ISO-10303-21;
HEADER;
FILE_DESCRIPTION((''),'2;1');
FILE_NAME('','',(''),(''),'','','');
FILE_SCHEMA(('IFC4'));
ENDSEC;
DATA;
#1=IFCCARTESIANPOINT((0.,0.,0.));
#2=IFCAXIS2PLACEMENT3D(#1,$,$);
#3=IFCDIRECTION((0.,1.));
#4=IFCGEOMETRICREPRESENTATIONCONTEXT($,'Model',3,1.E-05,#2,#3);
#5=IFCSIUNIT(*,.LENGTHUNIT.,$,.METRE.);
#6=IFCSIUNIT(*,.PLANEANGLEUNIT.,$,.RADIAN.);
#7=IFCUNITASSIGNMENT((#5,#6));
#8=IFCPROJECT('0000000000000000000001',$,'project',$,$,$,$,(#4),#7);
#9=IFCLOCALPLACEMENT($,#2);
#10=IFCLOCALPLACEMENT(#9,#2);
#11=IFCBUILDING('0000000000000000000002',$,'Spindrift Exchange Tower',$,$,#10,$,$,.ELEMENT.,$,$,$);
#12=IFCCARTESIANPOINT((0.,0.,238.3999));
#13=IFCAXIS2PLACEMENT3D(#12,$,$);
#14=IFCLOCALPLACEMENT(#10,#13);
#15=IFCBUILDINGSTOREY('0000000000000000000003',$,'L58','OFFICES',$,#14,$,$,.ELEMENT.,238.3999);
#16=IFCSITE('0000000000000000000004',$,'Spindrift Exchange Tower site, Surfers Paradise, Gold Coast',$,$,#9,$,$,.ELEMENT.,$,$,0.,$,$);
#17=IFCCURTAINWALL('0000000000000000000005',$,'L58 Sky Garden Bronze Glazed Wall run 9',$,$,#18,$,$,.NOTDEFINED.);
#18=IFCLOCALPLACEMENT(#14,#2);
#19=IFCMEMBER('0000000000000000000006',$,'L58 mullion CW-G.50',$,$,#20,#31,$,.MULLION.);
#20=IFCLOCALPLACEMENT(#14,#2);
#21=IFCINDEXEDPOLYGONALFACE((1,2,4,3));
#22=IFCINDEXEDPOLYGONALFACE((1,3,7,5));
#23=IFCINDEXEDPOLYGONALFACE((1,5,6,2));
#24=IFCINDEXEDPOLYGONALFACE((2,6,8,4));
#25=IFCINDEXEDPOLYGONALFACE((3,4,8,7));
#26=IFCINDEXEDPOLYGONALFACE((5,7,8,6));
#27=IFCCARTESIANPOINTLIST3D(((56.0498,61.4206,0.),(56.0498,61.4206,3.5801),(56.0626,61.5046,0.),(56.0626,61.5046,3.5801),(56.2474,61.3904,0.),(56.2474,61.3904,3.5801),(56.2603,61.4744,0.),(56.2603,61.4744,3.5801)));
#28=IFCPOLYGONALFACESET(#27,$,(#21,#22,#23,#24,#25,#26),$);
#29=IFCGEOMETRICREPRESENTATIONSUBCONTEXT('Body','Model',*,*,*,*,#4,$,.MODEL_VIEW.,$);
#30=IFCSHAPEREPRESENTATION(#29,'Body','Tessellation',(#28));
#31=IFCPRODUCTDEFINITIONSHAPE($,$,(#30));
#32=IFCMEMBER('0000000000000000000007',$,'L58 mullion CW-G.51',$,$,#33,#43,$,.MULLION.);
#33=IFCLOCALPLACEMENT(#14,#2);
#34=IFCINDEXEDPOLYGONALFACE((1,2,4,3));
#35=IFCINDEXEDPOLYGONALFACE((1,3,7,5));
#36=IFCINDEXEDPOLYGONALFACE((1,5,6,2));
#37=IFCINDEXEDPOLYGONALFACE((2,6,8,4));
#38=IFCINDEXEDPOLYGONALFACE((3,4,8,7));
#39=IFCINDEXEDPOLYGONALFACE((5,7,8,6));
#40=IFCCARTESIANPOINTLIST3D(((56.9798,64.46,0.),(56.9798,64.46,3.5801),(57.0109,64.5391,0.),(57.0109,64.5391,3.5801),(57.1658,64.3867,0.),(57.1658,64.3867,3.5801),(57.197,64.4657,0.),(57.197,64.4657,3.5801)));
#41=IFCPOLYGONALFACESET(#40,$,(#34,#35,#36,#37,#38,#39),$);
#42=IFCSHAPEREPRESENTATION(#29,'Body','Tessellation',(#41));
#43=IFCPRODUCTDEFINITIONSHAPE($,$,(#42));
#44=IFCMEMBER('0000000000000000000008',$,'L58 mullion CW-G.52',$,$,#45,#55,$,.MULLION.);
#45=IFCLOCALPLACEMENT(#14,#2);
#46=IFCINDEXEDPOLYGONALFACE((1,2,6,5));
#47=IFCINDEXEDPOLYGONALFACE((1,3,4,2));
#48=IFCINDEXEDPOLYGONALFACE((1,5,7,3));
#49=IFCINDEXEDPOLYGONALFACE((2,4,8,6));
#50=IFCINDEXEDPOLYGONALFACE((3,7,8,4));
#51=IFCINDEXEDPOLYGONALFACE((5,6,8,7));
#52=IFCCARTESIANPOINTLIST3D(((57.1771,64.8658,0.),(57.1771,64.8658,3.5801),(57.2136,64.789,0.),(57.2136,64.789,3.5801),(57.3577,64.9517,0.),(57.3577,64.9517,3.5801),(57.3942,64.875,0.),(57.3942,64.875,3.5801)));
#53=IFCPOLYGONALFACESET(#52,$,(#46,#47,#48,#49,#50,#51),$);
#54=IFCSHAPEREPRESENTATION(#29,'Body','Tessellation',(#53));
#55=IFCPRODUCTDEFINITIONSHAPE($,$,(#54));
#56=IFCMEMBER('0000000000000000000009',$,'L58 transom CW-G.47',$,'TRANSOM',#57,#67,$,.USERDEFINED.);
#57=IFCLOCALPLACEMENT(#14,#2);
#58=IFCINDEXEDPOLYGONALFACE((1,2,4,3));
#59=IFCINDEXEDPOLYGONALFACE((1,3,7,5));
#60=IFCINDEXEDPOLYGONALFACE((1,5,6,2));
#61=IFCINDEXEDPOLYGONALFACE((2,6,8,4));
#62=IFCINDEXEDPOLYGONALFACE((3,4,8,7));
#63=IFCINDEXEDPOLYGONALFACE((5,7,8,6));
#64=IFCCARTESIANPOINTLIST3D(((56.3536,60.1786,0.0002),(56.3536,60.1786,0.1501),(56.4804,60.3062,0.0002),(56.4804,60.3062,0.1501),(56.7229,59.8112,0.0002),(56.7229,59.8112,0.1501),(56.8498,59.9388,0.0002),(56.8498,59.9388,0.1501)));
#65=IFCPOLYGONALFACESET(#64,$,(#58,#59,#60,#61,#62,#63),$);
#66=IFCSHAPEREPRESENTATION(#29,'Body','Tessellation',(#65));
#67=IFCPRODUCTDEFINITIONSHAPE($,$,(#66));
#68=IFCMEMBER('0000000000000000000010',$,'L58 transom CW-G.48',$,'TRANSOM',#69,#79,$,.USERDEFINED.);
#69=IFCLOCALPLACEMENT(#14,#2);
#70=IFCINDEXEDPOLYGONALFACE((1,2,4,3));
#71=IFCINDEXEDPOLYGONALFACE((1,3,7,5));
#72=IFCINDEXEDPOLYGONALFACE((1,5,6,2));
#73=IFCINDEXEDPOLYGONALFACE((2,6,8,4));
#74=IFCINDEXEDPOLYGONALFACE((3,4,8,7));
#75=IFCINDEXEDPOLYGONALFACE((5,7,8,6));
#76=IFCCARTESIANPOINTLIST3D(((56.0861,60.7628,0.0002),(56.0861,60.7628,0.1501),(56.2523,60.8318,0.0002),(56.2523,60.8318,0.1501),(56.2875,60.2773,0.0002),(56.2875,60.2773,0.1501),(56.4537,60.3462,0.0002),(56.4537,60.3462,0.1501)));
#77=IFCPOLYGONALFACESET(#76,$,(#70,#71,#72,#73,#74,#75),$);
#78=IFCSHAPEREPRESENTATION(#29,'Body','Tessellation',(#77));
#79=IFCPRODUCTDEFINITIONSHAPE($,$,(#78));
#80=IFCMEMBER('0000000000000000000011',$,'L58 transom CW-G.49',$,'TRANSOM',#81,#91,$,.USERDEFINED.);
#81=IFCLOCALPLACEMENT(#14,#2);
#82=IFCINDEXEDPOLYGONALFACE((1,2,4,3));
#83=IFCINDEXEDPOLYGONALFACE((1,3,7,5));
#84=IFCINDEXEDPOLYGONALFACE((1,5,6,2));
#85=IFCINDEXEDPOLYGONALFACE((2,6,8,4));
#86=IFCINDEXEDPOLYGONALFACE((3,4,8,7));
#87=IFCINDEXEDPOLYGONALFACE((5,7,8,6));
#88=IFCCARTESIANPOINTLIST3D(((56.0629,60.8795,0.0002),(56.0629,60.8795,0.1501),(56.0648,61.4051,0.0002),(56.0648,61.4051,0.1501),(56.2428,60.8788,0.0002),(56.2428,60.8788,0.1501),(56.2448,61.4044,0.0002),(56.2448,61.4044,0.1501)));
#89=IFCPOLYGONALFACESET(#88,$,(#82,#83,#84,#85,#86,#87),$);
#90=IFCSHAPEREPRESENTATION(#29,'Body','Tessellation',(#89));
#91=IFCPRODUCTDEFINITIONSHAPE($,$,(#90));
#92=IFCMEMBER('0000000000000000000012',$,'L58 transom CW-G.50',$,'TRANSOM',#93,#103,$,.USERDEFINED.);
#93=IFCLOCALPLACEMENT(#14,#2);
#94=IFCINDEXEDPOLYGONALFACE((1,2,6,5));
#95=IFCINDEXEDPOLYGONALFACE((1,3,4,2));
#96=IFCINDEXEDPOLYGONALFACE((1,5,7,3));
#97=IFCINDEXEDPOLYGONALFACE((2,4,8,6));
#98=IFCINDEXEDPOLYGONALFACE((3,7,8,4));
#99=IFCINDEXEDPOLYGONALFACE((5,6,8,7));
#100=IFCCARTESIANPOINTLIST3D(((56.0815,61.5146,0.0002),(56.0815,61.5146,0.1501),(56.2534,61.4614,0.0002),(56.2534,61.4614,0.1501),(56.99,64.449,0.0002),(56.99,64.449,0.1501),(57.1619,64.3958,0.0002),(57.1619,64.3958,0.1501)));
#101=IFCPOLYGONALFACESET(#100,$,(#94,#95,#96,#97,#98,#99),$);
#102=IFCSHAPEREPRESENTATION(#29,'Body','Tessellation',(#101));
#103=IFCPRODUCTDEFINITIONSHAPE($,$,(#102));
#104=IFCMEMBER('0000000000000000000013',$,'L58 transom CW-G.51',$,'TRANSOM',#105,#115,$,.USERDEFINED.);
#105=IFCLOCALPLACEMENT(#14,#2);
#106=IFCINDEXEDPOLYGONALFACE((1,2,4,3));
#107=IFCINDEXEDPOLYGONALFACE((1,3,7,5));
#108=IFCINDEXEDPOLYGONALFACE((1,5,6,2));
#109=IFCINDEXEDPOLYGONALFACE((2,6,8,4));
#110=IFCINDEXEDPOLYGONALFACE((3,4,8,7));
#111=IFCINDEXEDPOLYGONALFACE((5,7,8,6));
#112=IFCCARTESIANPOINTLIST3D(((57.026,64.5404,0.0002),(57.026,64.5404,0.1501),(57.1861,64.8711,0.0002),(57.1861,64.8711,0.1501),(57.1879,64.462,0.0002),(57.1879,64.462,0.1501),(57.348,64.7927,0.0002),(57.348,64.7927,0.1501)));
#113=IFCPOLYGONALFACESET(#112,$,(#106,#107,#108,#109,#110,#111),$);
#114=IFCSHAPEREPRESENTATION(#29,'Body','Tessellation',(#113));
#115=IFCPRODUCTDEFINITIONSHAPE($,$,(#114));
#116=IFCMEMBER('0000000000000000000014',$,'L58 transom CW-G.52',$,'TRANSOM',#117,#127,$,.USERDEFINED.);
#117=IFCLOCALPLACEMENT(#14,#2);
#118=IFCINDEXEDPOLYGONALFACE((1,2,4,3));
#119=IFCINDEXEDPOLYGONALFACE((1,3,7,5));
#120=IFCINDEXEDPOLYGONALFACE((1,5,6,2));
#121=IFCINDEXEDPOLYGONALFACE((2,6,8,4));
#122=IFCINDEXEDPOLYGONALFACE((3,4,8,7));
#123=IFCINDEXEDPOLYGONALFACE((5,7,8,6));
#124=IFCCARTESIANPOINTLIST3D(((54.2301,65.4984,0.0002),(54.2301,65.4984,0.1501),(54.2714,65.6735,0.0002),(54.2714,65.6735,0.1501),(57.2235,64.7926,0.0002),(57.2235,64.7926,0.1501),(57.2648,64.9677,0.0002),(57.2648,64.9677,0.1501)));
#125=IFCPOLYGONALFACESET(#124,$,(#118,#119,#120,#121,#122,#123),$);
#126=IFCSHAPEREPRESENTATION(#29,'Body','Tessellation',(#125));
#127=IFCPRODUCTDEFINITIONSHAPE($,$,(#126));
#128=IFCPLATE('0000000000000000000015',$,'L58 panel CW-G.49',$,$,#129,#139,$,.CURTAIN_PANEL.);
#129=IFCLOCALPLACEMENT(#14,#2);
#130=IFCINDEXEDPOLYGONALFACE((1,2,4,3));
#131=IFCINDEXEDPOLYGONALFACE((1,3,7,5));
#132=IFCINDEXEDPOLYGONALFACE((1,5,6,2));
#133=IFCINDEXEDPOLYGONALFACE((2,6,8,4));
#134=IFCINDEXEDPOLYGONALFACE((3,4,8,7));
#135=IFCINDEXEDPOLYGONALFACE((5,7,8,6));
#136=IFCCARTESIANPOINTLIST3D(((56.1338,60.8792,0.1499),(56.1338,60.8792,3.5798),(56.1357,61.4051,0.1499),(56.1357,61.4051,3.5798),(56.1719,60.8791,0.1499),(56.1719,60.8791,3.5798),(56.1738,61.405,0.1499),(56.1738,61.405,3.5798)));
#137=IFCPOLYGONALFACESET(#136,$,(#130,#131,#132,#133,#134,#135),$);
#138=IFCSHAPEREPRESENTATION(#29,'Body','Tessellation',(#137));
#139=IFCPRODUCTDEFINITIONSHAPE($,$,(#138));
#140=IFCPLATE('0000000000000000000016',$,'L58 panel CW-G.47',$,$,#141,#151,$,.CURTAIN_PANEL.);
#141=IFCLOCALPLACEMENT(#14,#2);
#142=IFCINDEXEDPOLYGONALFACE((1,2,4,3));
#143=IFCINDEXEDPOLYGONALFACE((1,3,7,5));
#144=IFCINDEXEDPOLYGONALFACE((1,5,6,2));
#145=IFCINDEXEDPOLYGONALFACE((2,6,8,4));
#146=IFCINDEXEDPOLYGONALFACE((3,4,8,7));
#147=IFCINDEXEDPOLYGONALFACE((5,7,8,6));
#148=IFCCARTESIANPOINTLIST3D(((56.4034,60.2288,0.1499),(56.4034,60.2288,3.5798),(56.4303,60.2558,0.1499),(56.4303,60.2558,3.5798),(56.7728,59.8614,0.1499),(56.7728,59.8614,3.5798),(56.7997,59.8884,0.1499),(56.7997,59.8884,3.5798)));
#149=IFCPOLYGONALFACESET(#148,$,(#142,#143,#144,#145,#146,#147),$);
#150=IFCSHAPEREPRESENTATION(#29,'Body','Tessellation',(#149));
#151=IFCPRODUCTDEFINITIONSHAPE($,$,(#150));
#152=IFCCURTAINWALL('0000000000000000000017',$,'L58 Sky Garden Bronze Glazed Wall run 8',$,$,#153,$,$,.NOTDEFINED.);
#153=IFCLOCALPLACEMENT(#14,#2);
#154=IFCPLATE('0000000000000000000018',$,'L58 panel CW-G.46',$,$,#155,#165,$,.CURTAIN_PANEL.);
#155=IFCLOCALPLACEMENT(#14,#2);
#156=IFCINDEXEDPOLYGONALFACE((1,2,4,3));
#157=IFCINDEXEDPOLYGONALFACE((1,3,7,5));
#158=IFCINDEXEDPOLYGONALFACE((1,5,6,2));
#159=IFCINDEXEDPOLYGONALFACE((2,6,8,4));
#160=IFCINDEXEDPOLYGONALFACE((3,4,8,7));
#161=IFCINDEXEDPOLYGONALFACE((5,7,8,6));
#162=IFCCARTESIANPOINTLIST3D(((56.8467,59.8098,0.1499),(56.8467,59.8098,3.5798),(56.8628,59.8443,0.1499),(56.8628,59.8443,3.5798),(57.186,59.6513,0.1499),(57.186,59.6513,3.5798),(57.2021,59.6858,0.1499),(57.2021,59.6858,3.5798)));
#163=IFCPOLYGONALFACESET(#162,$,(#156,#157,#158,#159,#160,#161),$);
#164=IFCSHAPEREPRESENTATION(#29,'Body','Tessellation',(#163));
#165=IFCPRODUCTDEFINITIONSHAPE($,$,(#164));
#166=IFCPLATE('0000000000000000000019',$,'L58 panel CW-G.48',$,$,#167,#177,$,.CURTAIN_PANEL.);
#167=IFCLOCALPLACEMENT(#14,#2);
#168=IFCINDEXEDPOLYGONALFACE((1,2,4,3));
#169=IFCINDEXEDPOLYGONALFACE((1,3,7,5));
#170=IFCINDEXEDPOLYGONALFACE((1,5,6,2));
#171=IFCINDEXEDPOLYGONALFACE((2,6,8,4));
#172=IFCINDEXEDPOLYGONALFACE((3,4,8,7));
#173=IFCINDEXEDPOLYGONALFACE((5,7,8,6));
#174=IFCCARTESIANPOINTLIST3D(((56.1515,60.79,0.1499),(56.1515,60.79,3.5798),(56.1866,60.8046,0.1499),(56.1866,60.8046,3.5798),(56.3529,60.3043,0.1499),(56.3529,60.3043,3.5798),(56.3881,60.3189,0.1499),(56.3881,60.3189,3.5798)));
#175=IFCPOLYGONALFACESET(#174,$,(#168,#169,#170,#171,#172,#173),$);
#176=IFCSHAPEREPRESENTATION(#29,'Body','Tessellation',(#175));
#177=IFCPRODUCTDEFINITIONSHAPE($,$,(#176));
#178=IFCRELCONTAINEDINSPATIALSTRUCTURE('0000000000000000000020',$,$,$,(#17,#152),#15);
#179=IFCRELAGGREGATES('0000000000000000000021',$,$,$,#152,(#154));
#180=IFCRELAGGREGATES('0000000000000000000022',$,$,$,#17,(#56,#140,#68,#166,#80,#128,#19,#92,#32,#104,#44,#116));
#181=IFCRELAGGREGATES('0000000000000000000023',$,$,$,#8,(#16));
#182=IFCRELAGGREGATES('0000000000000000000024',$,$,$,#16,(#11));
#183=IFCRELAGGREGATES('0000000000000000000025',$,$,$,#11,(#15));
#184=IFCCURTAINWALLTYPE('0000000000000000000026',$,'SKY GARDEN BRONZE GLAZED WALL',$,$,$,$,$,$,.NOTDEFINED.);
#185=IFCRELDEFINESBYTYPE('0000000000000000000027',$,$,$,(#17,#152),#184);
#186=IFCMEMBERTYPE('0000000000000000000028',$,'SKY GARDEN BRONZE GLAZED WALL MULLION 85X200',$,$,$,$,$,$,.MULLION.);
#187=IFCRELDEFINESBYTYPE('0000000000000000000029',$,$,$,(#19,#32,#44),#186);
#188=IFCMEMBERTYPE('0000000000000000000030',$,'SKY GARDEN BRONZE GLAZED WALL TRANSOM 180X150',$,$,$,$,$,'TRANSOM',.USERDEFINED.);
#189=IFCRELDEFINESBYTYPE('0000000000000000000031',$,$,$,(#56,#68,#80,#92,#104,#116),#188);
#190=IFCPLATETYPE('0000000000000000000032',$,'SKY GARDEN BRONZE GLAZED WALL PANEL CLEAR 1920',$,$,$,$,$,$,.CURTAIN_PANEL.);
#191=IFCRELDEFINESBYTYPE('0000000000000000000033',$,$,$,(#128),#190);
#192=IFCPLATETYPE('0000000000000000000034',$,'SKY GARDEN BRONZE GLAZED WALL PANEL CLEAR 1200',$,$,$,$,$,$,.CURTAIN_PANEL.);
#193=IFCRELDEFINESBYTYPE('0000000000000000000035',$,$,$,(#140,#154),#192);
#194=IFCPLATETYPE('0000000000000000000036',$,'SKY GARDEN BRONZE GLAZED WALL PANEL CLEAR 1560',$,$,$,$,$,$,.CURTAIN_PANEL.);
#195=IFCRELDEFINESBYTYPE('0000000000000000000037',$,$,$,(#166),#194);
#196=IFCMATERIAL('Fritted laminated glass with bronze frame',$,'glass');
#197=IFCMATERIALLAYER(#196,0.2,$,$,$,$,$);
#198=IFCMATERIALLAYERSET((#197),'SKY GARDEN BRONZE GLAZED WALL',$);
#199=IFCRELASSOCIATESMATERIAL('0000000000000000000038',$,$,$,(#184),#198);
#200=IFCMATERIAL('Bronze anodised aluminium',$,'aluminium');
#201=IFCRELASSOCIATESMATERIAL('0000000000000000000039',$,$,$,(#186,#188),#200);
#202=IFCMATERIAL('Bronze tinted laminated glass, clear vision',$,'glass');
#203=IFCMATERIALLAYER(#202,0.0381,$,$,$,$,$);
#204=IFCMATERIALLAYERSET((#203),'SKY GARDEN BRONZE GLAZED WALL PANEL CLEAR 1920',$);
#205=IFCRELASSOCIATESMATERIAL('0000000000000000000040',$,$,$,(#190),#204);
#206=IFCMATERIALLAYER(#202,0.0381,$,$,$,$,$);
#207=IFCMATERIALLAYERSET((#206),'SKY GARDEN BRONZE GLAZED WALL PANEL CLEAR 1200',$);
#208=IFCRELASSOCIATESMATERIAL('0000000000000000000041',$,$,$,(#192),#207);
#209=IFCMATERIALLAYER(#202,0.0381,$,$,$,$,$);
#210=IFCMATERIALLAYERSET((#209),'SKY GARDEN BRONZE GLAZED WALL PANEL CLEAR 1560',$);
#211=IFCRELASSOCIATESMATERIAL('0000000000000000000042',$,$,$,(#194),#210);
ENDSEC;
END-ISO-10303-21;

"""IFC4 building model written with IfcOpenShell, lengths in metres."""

from ifc_helpers import new_model, si_unit, direction, frame, origin, origin_2d, place, context, subcontext, project, spatial, rectangle, extrude, source, transform, mapped, material, layer, layer_set, material_profile, profile_set, type_object, element, aggregate, save


model = new_model("IFC4")

# Units and contexts
model_context = context("Model", 3, precision=1e-05, world=origin(), true_north=direction((0.0, 1.0)))
body_context = subcontext(model_context, "Body", "Model", "MODEL_VIEW")
ifc_project = project(units=[si_unit("LENGTHUNIT", "METRE"), si_unit("PLANEANGLEUNIT", "RADIAN")], contexts=[model_context])

# Site, building, storey
site_placement = place(None, origin())
site = spatial("IfcSite", under=ifc_project, at=site_placement, Name="Spindrift Exchange Tower site, Surfers Paradise, Gold Coast", CompositionType="ELEMENT", RefElevation=0.0)
building_placement = place(site_placement, origin())
building = spatial("IfcBuilding", under=site, at=building_placement, Name="Spindrift Exchange Tower", CompositionType="ELEMENT")
storey_placement = place(building_placement, frame((0.0, 0.0, 238.3999)))
storey = spatial("IfcBuildingStorey", under=building, at=storey_placement, Name="L58", Description="OFFICES", CompositionType="ELEMENT", Elevation=238.3999)

# Curtain wall, members, plates
ifc_material_1 = material(Name="Fritted laminated glass with bronze frame", Category="glass")
ifc_layer_1 = layer(ifc_material_1, 0.2)
ifc_layer_set_1 = layer_set([ifc_layer_1], Name="SKY GARDEN BRONZE GLAZED WALL")
curtain_wall_type = type_object("IfcCurtainWallType", Name="SKY GARDEN BRONZE GLAZED WALL", PredefinedType="NOTDEFINED", material=ifc_layer_set_1)
curtain_wall_1_placement = place(storey_placement, origin())
curtain_wall_1 = element("IfcCurtainWall", 1, at=curtain_wall_1_placement, inside=storey, type_object=curtain_wall_type, Name="L58 Sky Garden Bronze Glazed Wall run 9", PredefinedType="NOTDEFINED")
ifc_material_2 = material(Name="Bronze anodised aluminium", Category="aluminium")
ifc_material_profile_1 = material_profile(ifc_material_2, rectangle(XDim=0.085, YDim=0.2, at=origin_2d()), Name="SKY GARDEN BRONZE GLAZED WALL MULLION 85X200")
ifc_profile_set_1 = profile_set([ifc_material_profile_1], Name="Bronze anodised aluminium")
member_type_1 = type_object("IfcMemberType", Name="SKY GARDEN BRONZE GLAZED WALL MULLION 85X200", PredefinedType="MULLION", material=ifc_profile_set_1)
shared_shape_1 = source(origin(), body_context, "Body", "SweptSolid", [
    extrude(rectangle(XDim=0.085, YDim=0.2, at=origin_2d()), origin(), (0.0, 0.0, 1.0), 3.5801),
])
member_1_placement = place(storey_placement, frame((56.155, 61.4475, 0.0), z_axis=(0.0, 0.0, 1.0), x_axis=(0.151308, 0.988487, 0.0)))
member_1 = element("IfcMember", 2, at=member_1_placement, type_object=member_type_1, Name="L58 mullion CW-G.50", PredefinedType="MULLION", context=body_context, shape_type="MappedRepresentation", body=[
    mapped(shared_shape_1, transform((0.0, 0.0, 0.0), scale=1.0)),
])
member_2_placement = place(storey_placement, frame((57.0884, 64.4629, 0.0), z_axis=(0.0, 0.0, 1.0), x_axis=(0.36673, 0.930327, 0.0)))
member_2 = element("IfcMember", 3, at=member_2_placement, type_object=member_type_1, Name="L58 mullion CW-G.51", PredefinedType="MULLION", context=body_context, shape_type="MappedRepresentation", body=[
    mapped(shared_shape_1, transform((0.0, 0.0, 0.0), scale=1.0)),
])
member_3_placement = place(storey_placement, frame((57.2856, 64.8704, 0.0), z_axis=(0.0, 0.0, 1.0), x_axis=(-0.429759, 0.902944, 0.0)))
member_3 = element("IfcMember", 4, at=member_3_placement, type_object=member_type_1, Name="L58 mullion CW-G.52", PredefinedType="MULLION", context=body_context, shape_type="MappedRepresentation", body=[
    mapped(shared_shape_1, transform((0.0, 0.0, 0.0), scale=1.0)),
])
ifc_material_profile_2 = material_profile(ifc_material_2, rectangle(XDim=0.1799, YDim=0.1499, at=origin_2d()), Name="SKY GARDEN BRONZE GLAZED WALL TRANSOM 180X150")
ifc_profile_set_2 = profile_set([ifc_material_profile_2], Name="Bronze anodised aluminium")
member_type_2 = type_object("IfcMemberType", Name="SKY GARDEN BRONZE GLAZED WALL TRANSOM 180X150", ElementType="TRANSOM", PredefinedType="USERDEFINED", material=ifc_profile_set_2)
shared_shape_2 = source(origin(), body_context, "Body", "SweptSolid", [
    extrude(rectangle(XDim=0.1799, YDim=0.1499, at=origin_2d()), origin(), (0.0, 0.0, 1.0), 0.521),
])
member_4_placement = place(storey_placement, frame((56.7864, 59.875, 0.0752), z_axis=(-0.708979, 0.70523, 0.0), x_axis=(-0.70523, -0.708979, 0.0)))
member_4 = element("IfcMember", 5, at=member_4_placement, type_object=member_type_2, Name="L58 transom CW-G.47", ObjectType="TRANSOM", PredefinedType="USERDEFINED", context=body_context, shape_type="MappedRepresentation", body=[
    mapped(shared_shape_2, transform((0.0, 0.0, 0.0), scale=1.0)),
])
shared_shape_3 = source(origin(), body_context, "Body", "SweptSolid", [
    extrude(rectangle(XDim=0.1799, YDim=0.1499, at=origin_2d()), origin(), (0.0, 0.0, 1.0), 0.5256),
])
member_5_placement = place(storey_placement, frame((56.3706, 60.3118, 0.0752), z_axis=(-0.383131, 0.923694, 0.0), x_axis=(-0.923694, -0.383131, 0.0)))
member_5 = element("IfcMember", 6, at=member_5_placement, type_object=member_type_2, Name="L58 transom CW-G.48", ObjectType="TRANSOM", PredefinedType="USERDEFINED", context=body_context, shape_type="MappedRepresentation", body=[
    mapped(shared_shape_3, transform((0.0, 0.0, 0.0), scale=1.0)),
])
member_6_placement = place(storey_placement, frame((56.1528, 60.8792, 0.0752), z_axis=(0.003716, 0.999993, 0.0), x_axis=(-0.999993, 0.003716, 0.0)))
member_6 = element("IfcMember", 7, at=member_6_placement, type_object=member_type_2, Name="L58 transom CW-G.49", ObjectType="TRANSOM", PredefinedType="USERDEFINED", context=body_context, shape_type="MappedRepresentation", body=[
    mapped(shared_shape_3, transform((0.0, 0.0, 0.0), scale=1.0)),
])
shared_shape_4 = source(origin(), body_context, "Body", "SweptSolid", [
    extrude(rectangle(XDim=0.1799, YDim=0.1499, at=origin_2d()), origin(), (0.0, 0.0, 1.0), 3.0718),
])
member_7_placement = place(storey_placement, frame((56.1675, 61.488, 0.0752), z_axis=(0.295744, 0.955267, 0.0), x_axis=(-0.955267, 0.295744, 0.0)))
member_7 = element("IfcMember", 8, at=member_7_placement, type_object=member_type_2, Name="L58 transom CW-G.50", ObjectType="TRANSOM", PredefinedType="USERDEFINED", context=body_context, shape_type="MappedRepresentation", body=[
    mapped(shared_shape_4, transform((0.0, 0.0, 0.0), scale=1.0)),
])
shared_shape_5 = source(origin(), body_context, "Body", "SweptSolid", [
    extrude(rectangle(XDim=0.1799, YDim=0.1499, at=origin_2d()), origin(), (0.0, 0.0, 1.0), 0.3674),
])
member_8_placement = place(storey_placement, frame((57.1069, 64.5012, 0.0752), z_axis=(0.435752, 0.900067, 0.0), x_axis=(-0.900067, 0.435752, 0.0)))
member_8 = element("IfcMember", 9, at=member_8_placement, type_object=member_type_2, Name="L58 transom CW-G.51", ObjectType="TRANSOM", PredefinedType="USERDEFINED", context=body_context, shape_type="MappedRepresentation", body=[
    mapped(shared_shape_5, transform((0.0, 0.0, 0.0), scale=1.0)),
])
shared_shape_6 = source(origin(), body_context, "Body", "SweptSolid", [
    extrude(rectangle(XDim=0.1799, YDim=0.1499, at=origin_2d()), origin(), (0.0, 0.0, 1.0), 3.0754),
])
member_9_placement = place(storey_placement, frame((57.2441, 64.8801, 0.0752), z_axis=(-0.97331, 0.229495, 0.0), x_axis=(-0.229495, -0.97331, 0.0)))
member_9 = element("IfcMember", 10, at=member_9_placement, type_object=member_type_2, Name="L58 transom CW-G.52", ObjectType="TRANSOM", PredefinedType="USERDEFINED", context=body_context, shape_type="MappedRepresentation", body=[
    mapped(shared_shape_6, transform((0.0, 0.0, 0.0), scale=1.0)),
])
ifc_material_3 = material(Name="Bronze tinted laminated glass, clear vision", Category="glass")
ifc_layer_2 = layer(ifc_material_3, 0.0381)
ifc_layer_set_2 = layer_set([ifc_layer_2], Name="SKY GARDEN BRONZE GLAZED WALL PANEL CLEAR 1920")
plate_type_1 = type_object("IfcPlateType", Name="SKY GARDEN BRONZE GLAZED WALL PANEL CLEAR 1920", PredefinedType="CURTAIN_PANEL", material=ifc_layer_set_2)
shared_shape_7 = source(origin(), body_context, "Body", "SweptSolid", [
    extrude(rectangle(XDim=0.5259, YDim=0.0381, at=origin_2d()), origin(), (0.0, 0.0, 1.0), 3.4299),
])
plate_1_placement = place(storey_placement, frame((56.1538, 61.1421, 0.1499), z_axis=(0.0, 0.0, 1.0), x_axis=(0.003602, 0.999994, 0.0)))
plate_1 = element("IfcPlate", 11, at=plate_1_placement, type_object=plate_type_1, Name="L58 panel CW-G.49", PredefinedType="CURTAIN_PANEL", context=body_context, shape_type="MappedRepresentation", body=[
    mapped(shared_shape_7, transform((0.0, 0.0, 0.0), scale=1.0)),
])
ifc_layer_3 = layer(ifc_material_3, 0.0381)
ifc_layer_set_3 = layer_set([ifc_layer_3], Name="SKY GARDEN BRONZE GLAZED WALL PANEL CLEAR 1200")
plate_type_2 = type_object("IfcPlateType", Name="SKY GARDEN BRONZE GLAZED WALL PANEL CLEAR 1200", PredefinedType="CURTAIN_PANEL", material=ifc_layer_set_3)
shared_shape_8 = source(origin(), body_context, "Body", "SweptSolid", [
    extrude(rectangle(XDim=0.521, YDim=0.0381, at=origin_2d()), origin(), (0.0, 0.0, 1.0), 3.4299),
])
plate_2_placement = place(storey_placement, frame((56.6016, 60.0586, 0.1499), z_axis=(0.0, 0.0, 1.0), x_axis=(-0.709002, 0.705206, 0.0)))
plate_2 = element("IfcPlate", 12, at=plate_2_placement, type_object=plate_type_2, Name="L58 panel CW-G.47", PredefinedType="CURTAIN_PANEL", context=body_context, shape_type="MappedRepresentation", body=[
    mapped(shared_shape_8, transform((0.0, 0.0, 0.0), scale=1.0)),
])

# Curtain wall, plate
curtain_wall_2_placement = place(storey_placement, origin())
curtain_wall_2 = element("IfcCurtainWall", 13, at=curtain_wall_2_placement, inside=storey, type_object=curtain_wall_type, Name="L58 Sky Garden Bronze Glazed Wall run 8", PredefinedType="NOTDEFINED")
shared_shape_9 = source(origin(), body_context, "Body", "SweptSolid", [
    extrude(rectangle(XDim=0.3745, YDim=0.0381, at=origin_2d()), origin(), (0.0, 0.0, 1.0), 3.4299),
])
plate_3_placement = place(storey_placement, frame((57.0244, 59.7478, 0.1499), z_axis=(0.0, 0.0, 1.0), x_axis=(-0.905955, 0.423374, 0.0)))
plate_3 = element("IfcPlate", 14, at=plate_3_placement, type_object=plate_type_2, Name="L58 panel CW-G.46", PredefinedType="CURTAIN_PANEL", context=body_context, shape_type="MappedRepresentation", body=[
    mapped(shared_shape_9, transform((0.0, 0.0, 0.0), scale=1.0)),
])
aggregate(curtain_wall_2, [plate_3])

# Plate
ifc_layer_4 = layer(ifc_material_3, 0.0381)
ifc_layer_set_4 = layer_set([ifc_layer_4], Name="SKY GARDEN BRONZE GLAZED WALL PANEL CLEAR 1560")
plate_type_3 = type_object("IfcPlateType", Name="SKY GARDEN BRONZE GLAZED WALL PANEL CLEAR 1560", PredefinedType="CURTAIN_PANEL", material=ifc_layer_set_4)
shared_shape_10 = source(origin(), body_context, "Body", "SweptSolid", [
    extrude(rectangle(XDim=0.5259, YDim=0.0381, at=origin_2d()), origin(), (0.0, 0.0, 1.0), 3.4299),
])
plate_4_placement = place(storey_placement, frame((56.2698, 60.5544, 0.1499), z_axis=(0.0, 0.0, 1.0), x_axis=(-0.383104, 0.923705, 0.0)))
plate_4 = element("IfcPlate", 15, at=plate_4_placement, type_object=plate_type_3, Name="L58 panel CW-G.48", PredefinedType="CURTAIN_PANEL", context=body_context, shape_type="MappedRepresentation", body=[
    mapped(shared_shape_10, transform((0.0, 0.0, 0.0), scale=1.0)),
])
aggregate(curtain_wall_1, [member_4, plate_2, member_5, plate_4, member_6, plate_1, member_1, member_7, member_2, member_8, member_3, member_9])

save(model, "model.ifc")
